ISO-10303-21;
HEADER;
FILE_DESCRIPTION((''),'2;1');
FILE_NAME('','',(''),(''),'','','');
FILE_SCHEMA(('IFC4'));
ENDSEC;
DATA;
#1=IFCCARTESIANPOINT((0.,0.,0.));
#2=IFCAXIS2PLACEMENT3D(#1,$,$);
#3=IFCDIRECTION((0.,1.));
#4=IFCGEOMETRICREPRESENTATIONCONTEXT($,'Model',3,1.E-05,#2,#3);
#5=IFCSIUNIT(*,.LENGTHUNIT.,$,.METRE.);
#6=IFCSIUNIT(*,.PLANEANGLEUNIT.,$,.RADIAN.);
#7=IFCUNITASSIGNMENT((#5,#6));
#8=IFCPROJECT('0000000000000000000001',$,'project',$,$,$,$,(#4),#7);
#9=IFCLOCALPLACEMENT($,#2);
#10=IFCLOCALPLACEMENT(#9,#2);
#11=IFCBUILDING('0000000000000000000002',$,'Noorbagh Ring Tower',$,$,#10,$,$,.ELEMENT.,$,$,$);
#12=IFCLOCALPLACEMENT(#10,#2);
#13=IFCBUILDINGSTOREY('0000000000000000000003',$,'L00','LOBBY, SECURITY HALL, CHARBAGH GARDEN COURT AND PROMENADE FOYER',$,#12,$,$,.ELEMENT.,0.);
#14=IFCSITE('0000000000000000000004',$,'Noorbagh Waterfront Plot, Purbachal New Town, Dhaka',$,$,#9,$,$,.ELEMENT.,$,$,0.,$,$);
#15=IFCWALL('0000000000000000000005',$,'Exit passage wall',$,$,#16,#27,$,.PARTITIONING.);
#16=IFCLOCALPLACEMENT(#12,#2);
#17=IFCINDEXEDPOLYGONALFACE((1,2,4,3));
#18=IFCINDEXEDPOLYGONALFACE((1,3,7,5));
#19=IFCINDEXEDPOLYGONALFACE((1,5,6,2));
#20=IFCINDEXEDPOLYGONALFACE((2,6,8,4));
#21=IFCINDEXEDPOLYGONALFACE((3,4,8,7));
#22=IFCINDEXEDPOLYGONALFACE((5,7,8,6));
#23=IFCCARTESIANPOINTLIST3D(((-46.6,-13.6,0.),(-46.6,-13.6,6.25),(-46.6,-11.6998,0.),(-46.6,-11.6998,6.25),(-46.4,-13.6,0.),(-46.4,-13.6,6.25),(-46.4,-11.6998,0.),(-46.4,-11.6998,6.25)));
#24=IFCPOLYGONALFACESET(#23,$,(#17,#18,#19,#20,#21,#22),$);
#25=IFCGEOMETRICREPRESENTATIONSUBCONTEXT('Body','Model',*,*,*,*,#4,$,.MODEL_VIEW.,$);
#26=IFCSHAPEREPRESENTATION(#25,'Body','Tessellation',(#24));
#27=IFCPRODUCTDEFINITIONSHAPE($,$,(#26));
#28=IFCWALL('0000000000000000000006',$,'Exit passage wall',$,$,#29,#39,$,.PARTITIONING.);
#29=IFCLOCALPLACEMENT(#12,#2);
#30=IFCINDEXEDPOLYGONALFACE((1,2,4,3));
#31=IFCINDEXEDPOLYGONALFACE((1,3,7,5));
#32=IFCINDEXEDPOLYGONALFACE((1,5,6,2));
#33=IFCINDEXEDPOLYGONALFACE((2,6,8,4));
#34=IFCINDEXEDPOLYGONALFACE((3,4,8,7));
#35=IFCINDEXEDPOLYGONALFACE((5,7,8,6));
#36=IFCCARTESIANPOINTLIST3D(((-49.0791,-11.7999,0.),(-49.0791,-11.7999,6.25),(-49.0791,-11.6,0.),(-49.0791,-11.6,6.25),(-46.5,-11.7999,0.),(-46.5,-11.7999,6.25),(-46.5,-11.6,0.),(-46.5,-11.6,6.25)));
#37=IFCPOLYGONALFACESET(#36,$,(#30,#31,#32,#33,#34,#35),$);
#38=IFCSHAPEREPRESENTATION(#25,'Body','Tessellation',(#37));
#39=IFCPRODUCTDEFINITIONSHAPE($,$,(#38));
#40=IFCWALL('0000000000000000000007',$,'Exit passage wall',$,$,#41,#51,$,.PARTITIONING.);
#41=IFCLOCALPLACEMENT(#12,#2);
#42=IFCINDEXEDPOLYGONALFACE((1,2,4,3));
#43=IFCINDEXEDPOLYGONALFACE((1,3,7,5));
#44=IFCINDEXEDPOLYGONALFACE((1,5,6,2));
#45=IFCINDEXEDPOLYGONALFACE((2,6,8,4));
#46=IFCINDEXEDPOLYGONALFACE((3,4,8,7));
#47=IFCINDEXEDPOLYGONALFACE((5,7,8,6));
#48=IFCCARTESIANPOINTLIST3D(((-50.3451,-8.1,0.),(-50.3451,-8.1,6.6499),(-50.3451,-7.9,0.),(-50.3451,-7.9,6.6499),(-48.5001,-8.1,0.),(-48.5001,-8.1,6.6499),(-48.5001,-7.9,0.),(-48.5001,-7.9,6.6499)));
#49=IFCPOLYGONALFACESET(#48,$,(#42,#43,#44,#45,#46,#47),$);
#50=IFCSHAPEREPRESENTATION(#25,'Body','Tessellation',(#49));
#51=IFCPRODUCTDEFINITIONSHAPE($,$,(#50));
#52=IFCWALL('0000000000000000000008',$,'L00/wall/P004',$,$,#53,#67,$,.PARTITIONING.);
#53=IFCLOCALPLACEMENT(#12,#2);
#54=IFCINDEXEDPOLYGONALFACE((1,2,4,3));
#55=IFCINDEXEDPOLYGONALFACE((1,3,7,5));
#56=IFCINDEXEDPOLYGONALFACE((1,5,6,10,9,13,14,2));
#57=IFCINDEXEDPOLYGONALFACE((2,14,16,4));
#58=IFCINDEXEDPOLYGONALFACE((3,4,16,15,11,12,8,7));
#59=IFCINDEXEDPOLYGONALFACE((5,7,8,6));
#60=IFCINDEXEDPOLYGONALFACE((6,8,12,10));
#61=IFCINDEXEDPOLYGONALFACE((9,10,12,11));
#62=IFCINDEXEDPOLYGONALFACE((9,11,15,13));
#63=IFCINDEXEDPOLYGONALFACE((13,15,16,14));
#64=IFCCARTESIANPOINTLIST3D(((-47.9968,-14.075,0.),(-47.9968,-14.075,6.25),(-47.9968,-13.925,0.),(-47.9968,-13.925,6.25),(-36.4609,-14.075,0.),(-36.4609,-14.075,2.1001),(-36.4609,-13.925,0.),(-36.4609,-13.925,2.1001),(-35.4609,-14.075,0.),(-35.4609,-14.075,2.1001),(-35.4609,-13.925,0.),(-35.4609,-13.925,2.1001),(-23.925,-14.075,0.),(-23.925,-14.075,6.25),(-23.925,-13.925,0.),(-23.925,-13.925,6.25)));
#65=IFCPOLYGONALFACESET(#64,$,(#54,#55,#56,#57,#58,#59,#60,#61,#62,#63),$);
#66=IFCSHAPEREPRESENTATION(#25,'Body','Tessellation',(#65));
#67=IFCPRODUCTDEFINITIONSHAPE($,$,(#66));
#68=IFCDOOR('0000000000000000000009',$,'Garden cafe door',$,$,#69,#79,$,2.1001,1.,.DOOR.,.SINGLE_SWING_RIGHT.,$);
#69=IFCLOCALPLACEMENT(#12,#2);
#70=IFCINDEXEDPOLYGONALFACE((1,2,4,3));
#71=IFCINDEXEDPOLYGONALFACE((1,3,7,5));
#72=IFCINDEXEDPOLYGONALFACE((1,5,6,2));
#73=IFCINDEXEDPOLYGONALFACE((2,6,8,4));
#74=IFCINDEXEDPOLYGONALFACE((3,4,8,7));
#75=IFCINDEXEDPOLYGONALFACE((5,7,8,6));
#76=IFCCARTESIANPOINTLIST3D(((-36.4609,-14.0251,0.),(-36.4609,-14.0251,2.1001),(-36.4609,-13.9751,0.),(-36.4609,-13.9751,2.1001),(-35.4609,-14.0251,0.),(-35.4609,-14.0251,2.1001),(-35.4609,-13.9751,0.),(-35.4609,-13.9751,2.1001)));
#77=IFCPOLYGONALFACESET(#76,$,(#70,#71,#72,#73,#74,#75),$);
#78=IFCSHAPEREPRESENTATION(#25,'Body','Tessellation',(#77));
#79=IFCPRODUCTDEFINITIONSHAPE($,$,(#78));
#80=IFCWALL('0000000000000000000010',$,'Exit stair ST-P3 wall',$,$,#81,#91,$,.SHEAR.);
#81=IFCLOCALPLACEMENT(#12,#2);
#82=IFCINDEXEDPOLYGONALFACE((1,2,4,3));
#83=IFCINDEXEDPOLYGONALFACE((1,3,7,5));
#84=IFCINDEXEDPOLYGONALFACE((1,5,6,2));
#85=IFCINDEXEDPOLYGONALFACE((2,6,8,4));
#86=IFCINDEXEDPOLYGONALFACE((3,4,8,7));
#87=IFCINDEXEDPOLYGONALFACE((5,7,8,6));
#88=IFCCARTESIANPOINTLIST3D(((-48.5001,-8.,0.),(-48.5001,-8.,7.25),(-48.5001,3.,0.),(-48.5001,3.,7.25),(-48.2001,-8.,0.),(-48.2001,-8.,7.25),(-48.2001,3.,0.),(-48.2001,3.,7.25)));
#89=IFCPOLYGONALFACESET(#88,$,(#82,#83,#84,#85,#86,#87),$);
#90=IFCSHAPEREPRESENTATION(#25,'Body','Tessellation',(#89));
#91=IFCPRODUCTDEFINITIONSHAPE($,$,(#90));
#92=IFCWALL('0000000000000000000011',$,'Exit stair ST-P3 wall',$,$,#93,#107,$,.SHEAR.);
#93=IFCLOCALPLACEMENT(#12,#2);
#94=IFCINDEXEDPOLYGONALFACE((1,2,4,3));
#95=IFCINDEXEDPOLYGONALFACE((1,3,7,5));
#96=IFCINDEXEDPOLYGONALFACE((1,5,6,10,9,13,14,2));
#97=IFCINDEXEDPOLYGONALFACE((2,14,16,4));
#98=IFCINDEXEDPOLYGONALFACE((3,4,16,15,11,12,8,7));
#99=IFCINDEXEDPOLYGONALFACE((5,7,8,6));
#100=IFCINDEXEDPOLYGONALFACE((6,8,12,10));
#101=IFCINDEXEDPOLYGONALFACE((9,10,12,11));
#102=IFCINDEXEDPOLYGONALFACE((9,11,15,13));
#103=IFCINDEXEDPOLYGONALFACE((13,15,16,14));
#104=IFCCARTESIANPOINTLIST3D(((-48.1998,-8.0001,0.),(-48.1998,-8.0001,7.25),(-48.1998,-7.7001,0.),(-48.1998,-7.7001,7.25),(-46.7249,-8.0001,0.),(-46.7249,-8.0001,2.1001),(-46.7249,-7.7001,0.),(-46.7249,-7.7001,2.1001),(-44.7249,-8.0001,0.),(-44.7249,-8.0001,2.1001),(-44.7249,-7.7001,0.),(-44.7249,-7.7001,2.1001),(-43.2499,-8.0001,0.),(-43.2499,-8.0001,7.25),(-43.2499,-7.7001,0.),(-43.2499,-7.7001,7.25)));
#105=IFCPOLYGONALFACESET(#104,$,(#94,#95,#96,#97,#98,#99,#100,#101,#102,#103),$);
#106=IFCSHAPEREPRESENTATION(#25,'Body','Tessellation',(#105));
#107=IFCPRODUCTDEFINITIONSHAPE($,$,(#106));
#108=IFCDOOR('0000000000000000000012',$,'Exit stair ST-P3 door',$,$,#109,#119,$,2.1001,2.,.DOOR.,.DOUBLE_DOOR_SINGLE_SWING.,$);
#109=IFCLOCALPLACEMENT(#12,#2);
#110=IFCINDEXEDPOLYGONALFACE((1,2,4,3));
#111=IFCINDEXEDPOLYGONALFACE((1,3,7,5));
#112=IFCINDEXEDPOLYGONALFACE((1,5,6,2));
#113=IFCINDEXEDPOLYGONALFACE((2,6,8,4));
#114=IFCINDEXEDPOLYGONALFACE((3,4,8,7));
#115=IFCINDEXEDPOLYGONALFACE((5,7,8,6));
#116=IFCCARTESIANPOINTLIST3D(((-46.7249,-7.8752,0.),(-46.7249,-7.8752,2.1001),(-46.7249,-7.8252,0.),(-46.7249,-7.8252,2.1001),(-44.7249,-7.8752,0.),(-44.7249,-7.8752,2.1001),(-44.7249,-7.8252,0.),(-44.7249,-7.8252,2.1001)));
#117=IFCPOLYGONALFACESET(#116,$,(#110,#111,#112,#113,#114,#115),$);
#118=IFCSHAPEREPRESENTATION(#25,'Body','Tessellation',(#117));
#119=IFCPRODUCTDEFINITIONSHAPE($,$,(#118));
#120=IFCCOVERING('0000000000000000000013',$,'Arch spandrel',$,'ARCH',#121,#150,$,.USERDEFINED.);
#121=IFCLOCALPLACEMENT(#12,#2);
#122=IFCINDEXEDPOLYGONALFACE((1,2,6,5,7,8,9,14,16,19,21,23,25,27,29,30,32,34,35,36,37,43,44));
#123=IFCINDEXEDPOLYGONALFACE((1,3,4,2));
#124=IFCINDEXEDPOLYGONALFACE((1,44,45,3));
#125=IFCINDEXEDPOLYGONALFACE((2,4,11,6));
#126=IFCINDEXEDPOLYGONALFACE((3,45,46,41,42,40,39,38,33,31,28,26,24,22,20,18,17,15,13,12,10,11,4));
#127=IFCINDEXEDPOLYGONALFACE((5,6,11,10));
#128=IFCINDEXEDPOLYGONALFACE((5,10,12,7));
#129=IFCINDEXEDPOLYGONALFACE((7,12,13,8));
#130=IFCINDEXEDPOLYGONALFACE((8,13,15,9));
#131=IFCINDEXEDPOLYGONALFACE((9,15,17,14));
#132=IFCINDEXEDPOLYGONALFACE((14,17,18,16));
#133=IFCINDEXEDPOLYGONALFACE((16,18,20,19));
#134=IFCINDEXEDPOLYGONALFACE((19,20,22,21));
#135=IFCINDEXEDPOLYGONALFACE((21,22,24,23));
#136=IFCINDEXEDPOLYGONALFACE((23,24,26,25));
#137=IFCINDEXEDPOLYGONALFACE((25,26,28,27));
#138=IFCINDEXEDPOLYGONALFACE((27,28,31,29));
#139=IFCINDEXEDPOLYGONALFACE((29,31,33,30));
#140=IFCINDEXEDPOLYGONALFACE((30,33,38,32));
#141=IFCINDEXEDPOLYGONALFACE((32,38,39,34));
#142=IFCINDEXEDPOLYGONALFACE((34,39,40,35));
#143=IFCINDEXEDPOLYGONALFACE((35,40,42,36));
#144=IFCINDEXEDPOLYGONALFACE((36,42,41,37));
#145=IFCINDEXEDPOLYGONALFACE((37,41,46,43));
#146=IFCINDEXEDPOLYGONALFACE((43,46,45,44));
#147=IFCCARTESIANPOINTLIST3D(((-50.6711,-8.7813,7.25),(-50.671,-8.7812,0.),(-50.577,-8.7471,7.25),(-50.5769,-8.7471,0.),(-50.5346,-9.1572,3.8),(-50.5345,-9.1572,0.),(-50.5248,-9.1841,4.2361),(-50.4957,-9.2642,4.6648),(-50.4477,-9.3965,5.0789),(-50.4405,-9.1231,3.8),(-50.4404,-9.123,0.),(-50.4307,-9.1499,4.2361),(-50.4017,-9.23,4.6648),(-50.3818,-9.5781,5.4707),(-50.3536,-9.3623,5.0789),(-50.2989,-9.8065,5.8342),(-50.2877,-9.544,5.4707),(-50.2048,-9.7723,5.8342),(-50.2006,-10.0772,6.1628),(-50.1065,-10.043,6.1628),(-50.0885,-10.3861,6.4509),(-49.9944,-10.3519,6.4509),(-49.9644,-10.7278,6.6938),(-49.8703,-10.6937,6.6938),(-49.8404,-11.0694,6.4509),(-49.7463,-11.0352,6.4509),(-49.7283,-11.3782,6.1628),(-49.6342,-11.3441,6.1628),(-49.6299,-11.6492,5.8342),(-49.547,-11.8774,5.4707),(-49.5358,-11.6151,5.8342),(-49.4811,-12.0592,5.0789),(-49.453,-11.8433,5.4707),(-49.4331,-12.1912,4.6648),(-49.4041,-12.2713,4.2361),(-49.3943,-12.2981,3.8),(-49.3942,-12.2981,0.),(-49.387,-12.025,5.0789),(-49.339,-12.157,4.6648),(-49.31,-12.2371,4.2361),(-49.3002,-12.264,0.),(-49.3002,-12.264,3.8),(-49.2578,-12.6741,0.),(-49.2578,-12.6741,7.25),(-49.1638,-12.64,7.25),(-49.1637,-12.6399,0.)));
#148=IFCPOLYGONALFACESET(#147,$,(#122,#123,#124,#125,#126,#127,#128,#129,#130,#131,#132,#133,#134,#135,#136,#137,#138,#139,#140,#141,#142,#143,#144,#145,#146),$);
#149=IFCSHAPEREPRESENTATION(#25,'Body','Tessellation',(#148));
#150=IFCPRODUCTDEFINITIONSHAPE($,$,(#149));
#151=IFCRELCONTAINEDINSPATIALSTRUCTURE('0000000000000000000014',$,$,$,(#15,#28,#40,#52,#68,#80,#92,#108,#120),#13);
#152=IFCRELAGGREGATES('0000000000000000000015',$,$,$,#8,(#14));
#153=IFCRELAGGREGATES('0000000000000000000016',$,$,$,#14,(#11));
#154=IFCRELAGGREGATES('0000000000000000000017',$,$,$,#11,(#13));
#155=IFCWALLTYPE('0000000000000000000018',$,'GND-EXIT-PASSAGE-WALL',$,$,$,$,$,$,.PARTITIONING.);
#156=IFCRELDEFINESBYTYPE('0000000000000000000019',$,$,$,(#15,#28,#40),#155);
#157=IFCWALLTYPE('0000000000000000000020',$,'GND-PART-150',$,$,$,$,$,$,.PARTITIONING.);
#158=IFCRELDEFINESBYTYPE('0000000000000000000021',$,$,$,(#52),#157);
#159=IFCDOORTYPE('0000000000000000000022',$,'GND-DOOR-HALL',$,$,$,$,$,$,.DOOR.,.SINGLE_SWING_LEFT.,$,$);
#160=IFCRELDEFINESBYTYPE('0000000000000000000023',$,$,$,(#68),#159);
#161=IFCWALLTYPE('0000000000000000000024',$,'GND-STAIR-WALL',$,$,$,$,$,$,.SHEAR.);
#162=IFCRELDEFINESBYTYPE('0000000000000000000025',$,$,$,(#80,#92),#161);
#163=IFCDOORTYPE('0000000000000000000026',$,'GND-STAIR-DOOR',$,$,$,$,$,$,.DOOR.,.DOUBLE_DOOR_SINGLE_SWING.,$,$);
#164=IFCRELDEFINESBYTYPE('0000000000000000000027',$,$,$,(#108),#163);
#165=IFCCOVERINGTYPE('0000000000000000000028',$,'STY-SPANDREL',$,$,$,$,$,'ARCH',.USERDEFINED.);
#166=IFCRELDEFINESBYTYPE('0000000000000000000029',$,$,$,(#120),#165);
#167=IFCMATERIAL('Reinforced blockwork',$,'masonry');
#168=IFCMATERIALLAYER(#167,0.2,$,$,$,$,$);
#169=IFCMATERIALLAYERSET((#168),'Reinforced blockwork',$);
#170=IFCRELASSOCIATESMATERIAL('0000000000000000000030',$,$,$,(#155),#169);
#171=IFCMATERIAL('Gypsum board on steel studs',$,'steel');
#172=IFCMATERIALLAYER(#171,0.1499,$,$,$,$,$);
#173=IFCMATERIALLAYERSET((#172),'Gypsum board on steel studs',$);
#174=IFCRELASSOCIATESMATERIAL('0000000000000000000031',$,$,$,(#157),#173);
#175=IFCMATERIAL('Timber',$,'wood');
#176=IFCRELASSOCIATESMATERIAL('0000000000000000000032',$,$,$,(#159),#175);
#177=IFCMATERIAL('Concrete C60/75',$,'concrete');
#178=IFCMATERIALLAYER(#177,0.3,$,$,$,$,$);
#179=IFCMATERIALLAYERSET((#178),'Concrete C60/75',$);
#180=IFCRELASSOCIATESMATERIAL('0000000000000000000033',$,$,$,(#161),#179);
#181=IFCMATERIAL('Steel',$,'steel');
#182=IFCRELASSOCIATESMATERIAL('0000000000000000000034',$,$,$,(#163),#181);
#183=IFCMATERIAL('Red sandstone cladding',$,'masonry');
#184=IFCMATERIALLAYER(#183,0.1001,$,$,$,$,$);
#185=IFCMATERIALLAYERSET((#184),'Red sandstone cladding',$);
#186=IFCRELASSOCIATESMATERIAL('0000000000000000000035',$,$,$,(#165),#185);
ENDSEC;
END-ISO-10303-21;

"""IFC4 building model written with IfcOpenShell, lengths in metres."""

from ifc_helpers import new_model, si_unit, direction, frame, frame_2d, origin, place, context, subcontext, project, spatial, polyline, rectangle, outline, extrude, material, layer, layer_set, type_object, element, fill, save


model = new_model("IFC4")

# Units and contexts
model_context = context("Model", 3, precision=1e-05, world=origin(), true_north=direction((0.0, 1.0)))
body_context = subcontext(model_context, "Body", "Model", "MODEL_VIEW")
ifc_project = project(units=[si_unit("LENGTHUNIT", "METRE"), si_unit("PLANEANGLEUNIT", "RADIAN")], contexts=[model_context])

# Site, building, storey
site_placement = place(None, origin())
site = spatial("IfcSite", under=ifc_project, at=site_placement, Name="Noorbagh Waterfront Plot, Purbachal New Town, Dhaka", CompositionType="ELEMENT", RefElevation=0.0)
building_placement = place(site_placement, origin())
building = spatial("IfcBuilding", under=site, at=building_placement, Name="Noorbagh Ring Tower", CompositionType="ELEMENT")
storey_placement = place(building_placement, origin())
storey = spatial("IfcBuildingStorey", under=building, at=storey_placement, Name="L00", Description="LOBBY, SECURITY HALL, CHARBAGH GARDEN COURT AND PROMENADE FOYER", CompositionType="ELEMENT", Elevation=0.0)

# Walls
ifc_material_1 = material(Name="Reinforced blockwork", Category="masonry")
ifc_layer_1 = layer(ifc_material_1, 0.2)
ifc_layer_set_1 = layer_set([ifc_layer_1], Name="Reinforced blockwork")
wall_type_1 = type_object("IfcWallType", Name="GND-EXIT-PASSAGE-WALL", PredefinedType="PARTITIONING", material=ifc_layer_set_1)
wall_1_placement = place(storey_placement, frame((-46.5, -13.6001, 0.0), z_axis=(0.0, 0.0, 1.0), x_axis=(0.0, 1.0, 0.0)))
element("IfcWall", 1, at=wall_1_placement, inside=storey, type_object=wall_type_1, Name="Exit passage wall", PredefinedType="PARTITIONING", context=body_context, shape_type="SweptSolid", body=[
    extrude(rectangle(XDim=1.9001, YDim=0.2, at=frame_2d((0.9502, 0.0))), origin(), (0.0, 0.0, 1.0), 6.25),
])
wall_2_placement = place(storey_placement, frame((-46.5, -11.7, 0.0), z_axis=(0.0, 0.0, 1.0), x_axis=(-1.0, 0.0, 0.0)))
element("IfcWall", 2, at=wall_2_placement, inside=storey, type_object=wall_type_1, Name="Exit passage wall", PredefinedType="PARTITIONING", context=body_context, shape_type="SweptSolid", body=[
    extrude(rectangle(XDim=2.5791, YDim=0.2, at=frame_2d((1.2896, 0.0))), origin(), (0.0, 0.0, 1.0), 6.25),
])
wall_3_placement = place(storey_placement, frame((-50.345, -8.0, 0.0), z_axis=(0.0, 0.0, 1.0), x_axis=(1.0, 0.0, 0.0)))
element("IfcWall", 3, at=wall_3_placement, inside=storey, type_object=wall_type_1, Name="Exit passage wall", PredefinedType="PARTITIONING", context=body_context, shape_type="SweptSolid", body=[
    extrude(rectangle(XDim=1.845, YDim=0.2, at=frame_2d((0.9224, 0.0))), origin(), (0.0, 0.0, 1.0), 6.6499),
])

# Wall, opening, door
ifc_material_2 = material(Name="Gypsum board on steel studs", Category="steel")
ifc_layer_2 = layer(ifc_material_2, 0.1499)
ifc_layer_set_2 = layer_set([ifc_layer_2], Name="Gypsum board on steel studs")
wall_type_2 = type_object("IfcWallType", Name="GND-PART-150", PredefinedType="PARTITIONING", material=ifc_layer_set_2)
wall_4_placement = place(storey_placement, frame((-47.9968, -14.0, 0.0), z_axis=(0.0, 0.0, 1.0), x_axis=(1.0, 0.0, 0.0)))
wall_4 = element("IfcWall", 4, at=wall_4_placement, inside=storey, type_object=wall_type_2, Name="L00/wall/P004", PredefinedType="PARTITIONING", context=body_context, shape_type="SweptSolid", body=[
    extrude(rectangle(XDim=24.0718, YDim=0.1499, at=frame_2d((12.0359, 0.0))), origin(), (0.0, 0.0, 1.0), 6.25),
])
opening_1_placement = place(wall_4_placement, frame((11.5359, 0.0, 0.0)))
opening_1 = element("IfcOpeningElement", 5, at=opening_1_placement, cuts=wall_4, PredefinedType="OPENING", context=body_context, shape_type="SweptSolid", body=[
    extrude(rectangle(XDim=1.0, YDim=2.1001, at=frame_2d((0.5, 1.05))), frame((0.0, 0.085, 0.0), z_axis=(0.0, -1.0, 0.0), x_axis=(1.0, 0.0, 0.0)), (0.0, 0.0, 1.0), 0.1699),
])
ifc_material_3 = material(Name="Timber", Category="wood")
door_type_1 = type_object("IfcDoorType", Name="GND-DOOR-HALL", OperationType="SINGLE_SWING_LEFT", PredefinedType="DOOR", material=ifc_material_3)
door_1_placement = place(opening_1_placement, origin())
door_1 = element("IfcDoor", 6, at=door_1_placement, inside=storey, type_object=door_type_1, Name="Garden cafe door", OperationType="SINGLE_SWING_RIGHT", OverallHeight=2.1001, OverallWidth=1.0, PredefinedType="DOOR", context=body_context, shape_type="SweptSolid", body=[
    extrude(rectangle(XDim=1.0, YDim=2.1001, at=frame_2d((0.5, 1.05))), frame((0.0, 0.0249, 0.0), z_axis=(0.0, -1.0, 0.0), x_axis=(1.0, 0.0, 0.0)), (0.0, 0.0, 1.0), 0.05),
])
fill(opening_1, door_1)

# Wall
ifc_material_4 = material(Name="Concrete C60/75", Category="concrete")
ifc_layer_3 = layer(ifc_material_4, 0.3)
ifc_layer_set_3 = layer_set([ifc_layer_3], Name="Concrete C60/75")
wall_type_3 = type_object("IfcWallType", Name="GND-STAIR-WALL", PredefinedType="SHEAR", material=ifc_layer_set_3)
wall_5_placement = place(storey_placement, frame((-48.3501, -8.0, 0.0), z_axis=(0.0, 0.0, 1.0), x_axis=(0.0, 1.0, 0.0)))
element("IfcWall", 7, at=wall_5_placement, inside=storey, type_object=wall_type_3, Name="Exit stair ST-P3 wall", PredefinedType="SHEAR", context=body_context, shape_type="SweptSolid", body=[
    extrude(rectangle(XDim=11.0, YDim=0.3, at=frame_2d((5.5, 0.0))), origin(), (0.0, 0.0, 1.0), 7.25),
])

# Wall, opening, door
wall_6_placement = place(storey_placement, frame((-48.2, -7.8501, 0.0), z_axis=(0.0, 0.0, 1.0), x_axis=(1.0, 0.0, 0.0)))
wall_6 = element("IfcWall", 8, at=wall_6_placement, inside=storey, type_object=wall_type_3, Name="Exit stair ST-P3 wall", PredefinedType="SHEAR", context=body_context, shape_type="SweptSolid", body=[
    extrude(rectangle(XDim=4.95, YDim=0.3, at=frame_2d((2.4751, 0.0))), origin(), (0.0, 0.0, 1.0), 7.25),
])
opening_2_placement = place(wall_6_placement, frame((1.4751, 0.0, 0.0)))
opening_2 = element("IfcOpeningElement", 9, at=opening_2_placement, cuts=wall_6, PredefinedType="OPENING", context=body_context, shape_type="SweptSolid", body=[
    extrude(rectangle(XDim=2.0, YDim=2.1001, at=frame_2d((1.0, 1.05))), frame((0.0, 0.1602, 0.0), z_axis=(0.0, -1.0, 0.0), x_axis=(1.0, 0.0, 0.0)), (0.0, 0.0, 1.0), 0.3201),
])
ifc_material_5 = material(Name="Steel", Category="steel")
door_type_2 = type_object("IfcDoorType", Name="GND-STAIR-DOOR", OperationType="DOUBLE_DOOR_SINGLE_SWING", PredefinedType="DOOR", material=ifc_material_5)
door_2_placement = place(opening_2_placement, origin())
door_2 = element("IfcDoor", 10, at=door_2_placement, inside=storey, type_object=door_type_2, Name="Exit stair ST-P3 door", OperationType="DOUBLE_DOOR_SINGLE_SWING", OverallHeight=2.1001, OverallWidth=2.0, PredefinedType="DOOR", context=body_context, shape_type="SweptSolid", body=[
    extrude(rectangle(XDim=2.0, YDim=2.1001, at=frame_2d((1.0, 1.05))), frame((0.0, 0.0249, 0.0), z_axis=(0.0, -1.0, 0.0), x_axis=(1.0, 0.0, 0.0)), (0.0, 0.0, 1.0), 0.05),
])
fill(opening_2, door_2)

# Covering
ifc_material_6 = material(Name="Red sandstone cladding", Category="masonry")
ifc_layer_4 = layer(ifc_material_6, 0.1001)
ifc_layer_set_4 = layer_set([ifc_layer_4], Name="Red sandstone cladding")
covering_type = type_object("IfcCoveringType", Name="STY-SPANDREL", ElementType="ARCH", PredefinedType="USERDEFINED", material=ifc_layer_set_4)
covering_1_placement = place(storey_placement, frame((-50.5769, -8.7471, 0.0), z_axis=(0.939975, 0.341244, 0.000014), x_axis=(0.341244, -0.939975, 0.0)))
element("IfcCovering", 11, at=covering_1_placement, inside=storey, type_object=covering_type, Name="Arch spandrel", ObjectType="ARCH", PredefinedType="USERDEFINED", context=body_context, shape_type="SweptSolid", body=[
    extrude(outline(polyline([(0.0, 0.0), (0.4, 0.0), (0.4, -3.8), (0.4286, -4.2361), (0.5137, -4.6648), (0.6545, -5.0789), (0.8478, -5.4707), (1.0907, -5.8342), (1.3787, -6.1628), (1.7073, -6.4509), (2.0709, -6.6938), (2.4343, -6.4509), (2.7628, -6.1628), (3.0511, -5.8342), (3.2939, -5.4707), (3.4872, -5.0789), (3.6277, -4.6648), (3.7129, -4.2361), (3.7415, -3.8), (3.7415, 0.0), (4.1414, 0.0), (4.1414, -7.25), (0.0, -7.25), (0.0, 0.0)])), origin(), (0.0, 0.0, -1.0), 0.1001),
])

save(model, "model.ifc")
